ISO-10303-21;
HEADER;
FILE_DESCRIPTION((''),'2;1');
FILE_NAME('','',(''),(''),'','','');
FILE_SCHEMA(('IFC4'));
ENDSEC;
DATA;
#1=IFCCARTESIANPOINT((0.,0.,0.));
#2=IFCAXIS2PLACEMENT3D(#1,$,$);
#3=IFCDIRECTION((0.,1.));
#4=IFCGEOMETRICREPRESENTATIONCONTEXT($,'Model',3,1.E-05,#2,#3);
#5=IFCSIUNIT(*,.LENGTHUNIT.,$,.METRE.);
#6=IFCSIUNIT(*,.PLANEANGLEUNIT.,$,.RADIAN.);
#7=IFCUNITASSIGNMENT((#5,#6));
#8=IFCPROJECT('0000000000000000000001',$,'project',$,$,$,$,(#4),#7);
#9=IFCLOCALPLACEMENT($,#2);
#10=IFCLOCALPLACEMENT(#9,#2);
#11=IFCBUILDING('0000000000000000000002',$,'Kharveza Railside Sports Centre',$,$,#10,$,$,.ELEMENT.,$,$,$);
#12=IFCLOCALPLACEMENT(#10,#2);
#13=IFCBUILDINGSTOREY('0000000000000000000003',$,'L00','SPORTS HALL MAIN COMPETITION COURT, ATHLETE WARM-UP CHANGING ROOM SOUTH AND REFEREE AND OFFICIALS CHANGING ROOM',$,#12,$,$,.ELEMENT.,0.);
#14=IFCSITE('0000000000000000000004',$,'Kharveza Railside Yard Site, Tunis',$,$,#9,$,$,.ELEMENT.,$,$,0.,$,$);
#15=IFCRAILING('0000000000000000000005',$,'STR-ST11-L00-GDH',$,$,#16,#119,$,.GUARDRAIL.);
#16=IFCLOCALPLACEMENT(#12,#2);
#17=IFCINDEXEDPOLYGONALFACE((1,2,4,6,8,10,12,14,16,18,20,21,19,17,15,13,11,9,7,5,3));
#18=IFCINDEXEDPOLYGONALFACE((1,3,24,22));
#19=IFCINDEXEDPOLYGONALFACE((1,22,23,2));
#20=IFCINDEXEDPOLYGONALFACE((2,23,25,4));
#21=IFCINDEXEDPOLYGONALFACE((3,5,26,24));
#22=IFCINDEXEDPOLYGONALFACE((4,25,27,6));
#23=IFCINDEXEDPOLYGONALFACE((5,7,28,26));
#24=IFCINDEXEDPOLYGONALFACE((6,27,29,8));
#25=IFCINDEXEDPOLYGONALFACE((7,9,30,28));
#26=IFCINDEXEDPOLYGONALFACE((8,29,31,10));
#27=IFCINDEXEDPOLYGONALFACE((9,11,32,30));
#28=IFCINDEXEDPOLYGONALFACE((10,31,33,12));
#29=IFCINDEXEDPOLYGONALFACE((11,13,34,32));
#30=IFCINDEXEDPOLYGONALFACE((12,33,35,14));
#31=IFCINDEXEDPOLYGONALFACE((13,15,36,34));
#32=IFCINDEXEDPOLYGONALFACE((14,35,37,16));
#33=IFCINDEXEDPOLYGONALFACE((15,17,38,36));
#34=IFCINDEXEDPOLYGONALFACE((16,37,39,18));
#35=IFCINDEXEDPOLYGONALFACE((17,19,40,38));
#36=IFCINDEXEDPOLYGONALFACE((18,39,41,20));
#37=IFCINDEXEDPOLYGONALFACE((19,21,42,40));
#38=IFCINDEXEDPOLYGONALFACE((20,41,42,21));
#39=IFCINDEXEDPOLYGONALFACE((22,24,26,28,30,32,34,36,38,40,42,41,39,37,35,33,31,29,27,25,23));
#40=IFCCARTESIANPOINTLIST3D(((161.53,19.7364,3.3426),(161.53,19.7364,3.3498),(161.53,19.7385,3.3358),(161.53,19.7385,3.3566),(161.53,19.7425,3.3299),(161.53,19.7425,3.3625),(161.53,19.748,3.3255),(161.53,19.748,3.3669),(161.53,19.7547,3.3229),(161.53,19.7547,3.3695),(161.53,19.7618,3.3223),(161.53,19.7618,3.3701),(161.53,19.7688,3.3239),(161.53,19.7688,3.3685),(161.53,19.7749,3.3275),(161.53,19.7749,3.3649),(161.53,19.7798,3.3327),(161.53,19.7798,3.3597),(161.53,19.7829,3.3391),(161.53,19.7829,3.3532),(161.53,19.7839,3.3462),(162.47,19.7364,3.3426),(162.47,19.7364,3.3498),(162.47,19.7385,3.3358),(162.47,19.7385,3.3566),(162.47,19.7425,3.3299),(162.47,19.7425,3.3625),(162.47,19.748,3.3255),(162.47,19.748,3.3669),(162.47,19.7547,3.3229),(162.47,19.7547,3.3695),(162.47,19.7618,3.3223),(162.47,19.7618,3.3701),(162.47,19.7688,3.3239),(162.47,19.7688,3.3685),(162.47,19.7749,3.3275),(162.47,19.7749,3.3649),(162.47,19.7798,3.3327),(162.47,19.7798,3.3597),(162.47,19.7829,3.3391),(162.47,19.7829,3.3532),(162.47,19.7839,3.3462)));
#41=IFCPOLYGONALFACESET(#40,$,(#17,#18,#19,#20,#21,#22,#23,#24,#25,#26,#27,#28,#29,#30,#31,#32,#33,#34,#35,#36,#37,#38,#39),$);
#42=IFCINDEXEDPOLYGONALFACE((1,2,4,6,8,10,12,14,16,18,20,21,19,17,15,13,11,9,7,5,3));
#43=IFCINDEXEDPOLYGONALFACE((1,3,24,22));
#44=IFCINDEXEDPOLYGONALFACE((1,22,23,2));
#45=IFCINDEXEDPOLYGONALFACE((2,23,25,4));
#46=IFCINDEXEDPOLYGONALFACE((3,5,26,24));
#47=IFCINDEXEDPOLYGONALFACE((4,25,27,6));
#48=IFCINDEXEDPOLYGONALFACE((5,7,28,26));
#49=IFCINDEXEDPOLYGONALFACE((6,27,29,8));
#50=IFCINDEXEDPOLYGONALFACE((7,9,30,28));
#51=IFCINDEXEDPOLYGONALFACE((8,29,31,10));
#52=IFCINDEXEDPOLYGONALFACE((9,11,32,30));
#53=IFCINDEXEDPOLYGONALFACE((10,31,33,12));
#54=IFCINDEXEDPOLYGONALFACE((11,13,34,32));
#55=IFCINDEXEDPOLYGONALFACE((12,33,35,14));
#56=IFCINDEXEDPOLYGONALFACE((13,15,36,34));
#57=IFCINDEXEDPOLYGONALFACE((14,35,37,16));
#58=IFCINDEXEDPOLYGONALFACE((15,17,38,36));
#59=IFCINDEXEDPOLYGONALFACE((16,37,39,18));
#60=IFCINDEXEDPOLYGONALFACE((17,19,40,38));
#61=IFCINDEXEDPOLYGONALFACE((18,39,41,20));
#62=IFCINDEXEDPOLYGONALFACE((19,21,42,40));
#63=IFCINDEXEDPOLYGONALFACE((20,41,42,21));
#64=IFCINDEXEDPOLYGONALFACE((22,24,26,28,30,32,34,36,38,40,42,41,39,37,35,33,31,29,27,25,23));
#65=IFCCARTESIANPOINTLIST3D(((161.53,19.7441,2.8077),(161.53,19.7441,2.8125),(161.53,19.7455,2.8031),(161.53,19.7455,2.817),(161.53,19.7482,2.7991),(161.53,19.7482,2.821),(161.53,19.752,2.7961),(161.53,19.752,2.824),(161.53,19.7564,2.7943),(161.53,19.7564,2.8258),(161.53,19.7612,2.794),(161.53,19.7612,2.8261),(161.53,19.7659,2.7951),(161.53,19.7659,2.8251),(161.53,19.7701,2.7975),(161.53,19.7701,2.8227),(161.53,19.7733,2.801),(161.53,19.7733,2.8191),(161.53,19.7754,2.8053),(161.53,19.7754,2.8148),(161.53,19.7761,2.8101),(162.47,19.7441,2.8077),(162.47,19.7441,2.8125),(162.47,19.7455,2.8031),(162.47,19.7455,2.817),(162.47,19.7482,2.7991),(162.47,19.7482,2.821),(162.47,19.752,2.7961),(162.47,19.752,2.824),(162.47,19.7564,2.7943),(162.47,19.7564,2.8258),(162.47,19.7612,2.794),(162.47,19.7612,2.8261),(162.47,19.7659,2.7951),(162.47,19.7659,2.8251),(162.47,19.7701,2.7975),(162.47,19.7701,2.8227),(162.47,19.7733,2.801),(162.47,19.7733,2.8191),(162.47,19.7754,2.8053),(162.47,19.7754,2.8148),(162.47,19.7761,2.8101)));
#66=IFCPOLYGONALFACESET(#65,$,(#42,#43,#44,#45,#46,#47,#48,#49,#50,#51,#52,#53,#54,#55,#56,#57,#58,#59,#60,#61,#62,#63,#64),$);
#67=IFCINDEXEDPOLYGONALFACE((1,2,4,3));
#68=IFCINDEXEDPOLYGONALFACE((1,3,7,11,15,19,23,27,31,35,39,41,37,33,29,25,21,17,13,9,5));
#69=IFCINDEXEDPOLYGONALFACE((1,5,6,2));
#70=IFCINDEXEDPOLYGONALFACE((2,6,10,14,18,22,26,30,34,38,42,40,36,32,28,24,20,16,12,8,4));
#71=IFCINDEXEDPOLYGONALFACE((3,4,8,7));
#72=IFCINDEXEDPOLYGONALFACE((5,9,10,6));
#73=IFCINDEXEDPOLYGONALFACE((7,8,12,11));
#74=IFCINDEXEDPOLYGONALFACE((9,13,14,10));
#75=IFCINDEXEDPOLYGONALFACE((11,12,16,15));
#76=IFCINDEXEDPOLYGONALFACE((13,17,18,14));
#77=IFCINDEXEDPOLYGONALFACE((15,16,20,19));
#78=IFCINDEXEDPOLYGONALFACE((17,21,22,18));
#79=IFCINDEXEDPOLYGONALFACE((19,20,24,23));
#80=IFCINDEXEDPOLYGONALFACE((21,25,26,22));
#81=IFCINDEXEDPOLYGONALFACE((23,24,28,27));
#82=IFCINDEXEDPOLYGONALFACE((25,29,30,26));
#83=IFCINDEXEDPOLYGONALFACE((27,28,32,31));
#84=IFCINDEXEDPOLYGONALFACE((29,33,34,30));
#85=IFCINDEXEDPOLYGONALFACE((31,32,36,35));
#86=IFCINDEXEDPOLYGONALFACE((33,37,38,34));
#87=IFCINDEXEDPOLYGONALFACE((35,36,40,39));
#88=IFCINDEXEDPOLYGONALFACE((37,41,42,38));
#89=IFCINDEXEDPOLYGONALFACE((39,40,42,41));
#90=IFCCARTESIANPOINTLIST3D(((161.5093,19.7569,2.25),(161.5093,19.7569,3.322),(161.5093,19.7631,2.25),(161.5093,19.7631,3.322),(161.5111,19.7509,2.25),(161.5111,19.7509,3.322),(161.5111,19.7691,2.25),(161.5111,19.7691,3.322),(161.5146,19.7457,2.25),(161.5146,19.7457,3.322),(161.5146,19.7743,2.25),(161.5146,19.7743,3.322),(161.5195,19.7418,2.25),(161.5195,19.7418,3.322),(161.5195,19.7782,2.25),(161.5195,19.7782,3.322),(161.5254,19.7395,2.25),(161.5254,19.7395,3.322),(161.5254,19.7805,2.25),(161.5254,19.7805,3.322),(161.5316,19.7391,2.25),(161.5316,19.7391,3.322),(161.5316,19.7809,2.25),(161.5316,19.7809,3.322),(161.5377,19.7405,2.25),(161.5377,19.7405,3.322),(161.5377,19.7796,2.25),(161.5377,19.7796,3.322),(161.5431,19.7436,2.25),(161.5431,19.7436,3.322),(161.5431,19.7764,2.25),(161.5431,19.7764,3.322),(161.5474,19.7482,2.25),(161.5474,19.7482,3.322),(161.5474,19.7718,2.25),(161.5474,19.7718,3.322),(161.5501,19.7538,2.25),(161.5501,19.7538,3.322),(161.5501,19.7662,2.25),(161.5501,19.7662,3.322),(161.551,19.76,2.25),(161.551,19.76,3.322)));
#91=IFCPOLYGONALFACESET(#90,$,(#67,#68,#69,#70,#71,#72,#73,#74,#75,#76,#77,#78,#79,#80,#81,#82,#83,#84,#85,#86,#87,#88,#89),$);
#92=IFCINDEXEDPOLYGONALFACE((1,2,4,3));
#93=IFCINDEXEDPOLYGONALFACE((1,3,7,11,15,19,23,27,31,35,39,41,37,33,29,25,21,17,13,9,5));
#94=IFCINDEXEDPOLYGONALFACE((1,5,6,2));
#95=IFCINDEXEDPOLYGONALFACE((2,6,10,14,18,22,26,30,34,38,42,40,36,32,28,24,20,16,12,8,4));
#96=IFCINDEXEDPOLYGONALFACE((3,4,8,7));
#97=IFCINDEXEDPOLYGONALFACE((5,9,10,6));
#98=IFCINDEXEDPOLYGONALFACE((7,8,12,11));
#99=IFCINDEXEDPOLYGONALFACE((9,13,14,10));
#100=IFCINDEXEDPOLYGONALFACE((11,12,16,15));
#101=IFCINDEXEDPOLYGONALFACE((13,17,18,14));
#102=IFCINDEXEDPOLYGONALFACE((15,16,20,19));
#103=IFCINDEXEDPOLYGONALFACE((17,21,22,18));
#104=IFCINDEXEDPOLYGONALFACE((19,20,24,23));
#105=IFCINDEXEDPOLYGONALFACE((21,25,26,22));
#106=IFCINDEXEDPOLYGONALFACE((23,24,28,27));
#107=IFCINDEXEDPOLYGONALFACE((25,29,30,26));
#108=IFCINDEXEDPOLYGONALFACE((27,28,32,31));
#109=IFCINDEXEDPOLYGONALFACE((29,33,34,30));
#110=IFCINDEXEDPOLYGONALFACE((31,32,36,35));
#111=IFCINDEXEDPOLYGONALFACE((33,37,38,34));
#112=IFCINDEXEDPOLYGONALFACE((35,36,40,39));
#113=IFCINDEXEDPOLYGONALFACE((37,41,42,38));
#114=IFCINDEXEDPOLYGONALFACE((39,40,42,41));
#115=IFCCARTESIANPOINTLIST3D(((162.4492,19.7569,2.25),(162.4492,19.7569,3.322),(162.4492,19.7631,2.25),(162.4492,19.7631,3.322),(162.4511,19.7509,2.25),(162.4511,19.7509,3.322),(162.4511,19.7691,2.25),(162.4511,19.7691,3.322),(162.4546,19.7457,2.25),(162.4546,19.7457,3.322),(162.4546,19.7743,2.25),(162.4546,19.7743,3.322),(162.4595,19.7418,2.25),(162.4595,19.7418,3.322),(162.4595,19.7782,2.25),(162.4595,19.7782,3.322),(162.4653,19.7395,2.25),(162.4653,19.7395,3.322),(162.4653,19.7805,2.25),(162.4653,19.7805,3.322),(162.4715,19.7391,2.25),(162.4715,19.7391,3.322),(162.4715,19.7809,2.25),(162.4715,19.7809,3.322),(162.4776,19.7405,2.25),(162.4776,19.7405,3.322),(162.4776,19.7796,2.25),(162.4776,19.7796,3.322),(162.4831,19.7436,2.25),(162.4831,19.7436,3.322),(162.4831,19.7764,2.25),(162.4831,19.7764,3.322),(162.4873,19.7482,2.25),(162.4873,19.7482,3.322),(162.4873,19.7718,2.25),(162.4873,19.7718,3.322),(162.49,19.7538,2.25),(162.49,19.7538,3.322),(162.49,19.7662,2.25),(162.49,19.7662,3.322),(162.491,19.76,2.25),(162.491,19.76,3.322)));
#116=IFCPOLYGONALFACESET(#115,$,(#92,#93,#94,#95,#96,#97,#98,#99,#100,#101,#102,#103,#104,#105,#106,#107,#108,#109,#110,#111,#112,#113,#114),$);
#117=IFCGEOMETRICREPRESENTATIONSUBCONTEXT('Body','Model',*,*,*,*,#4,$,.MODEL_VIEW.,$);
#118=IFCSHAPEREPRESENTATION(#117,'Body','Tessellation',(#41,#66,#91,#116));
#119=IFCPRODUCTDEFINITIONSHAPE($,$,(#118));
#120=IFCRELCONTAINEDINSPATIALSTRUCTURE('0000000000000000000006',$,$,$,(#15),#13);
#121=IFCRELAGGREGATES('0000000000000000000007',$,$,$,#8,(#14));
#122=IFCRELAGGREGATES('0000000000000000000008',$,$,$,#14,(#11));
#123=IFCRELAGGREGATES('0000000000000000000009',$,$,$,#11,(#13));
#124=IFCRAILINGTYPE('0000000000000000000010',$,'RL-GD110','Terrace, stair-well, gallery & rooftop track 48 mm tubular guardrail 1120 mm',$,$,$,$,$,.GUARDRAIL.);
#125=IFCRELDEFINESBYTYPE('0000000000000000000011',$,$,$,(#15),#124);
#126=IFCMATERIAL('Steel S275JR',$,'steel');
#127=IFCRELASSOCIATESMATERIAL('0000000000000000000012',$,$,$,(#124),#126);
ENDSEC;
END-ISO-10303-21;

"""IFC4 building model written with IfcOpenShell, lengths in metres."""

from ifc_helpers import new_model, si_unit, direction, frame, origin, origin_2d, place, context, subcontext, project, spatial, circle, extrude, material, type_object, element, save


model = new_model("IFC4")

# Units and contexts
model_context = context("Model", 3, precision=1e-05, world=origin(), true_north=direction((0.0, 1.0)))
body_context = subcontext(model_context, "Body", "Model", "MODEL_VIEW")
ifc_project = project(units=[si_unit("LENGTHUNIT", "METRE"), si_unit("PLANEANGLEUNIT", "RADIAN")], contexts=[model_context])

# Site, building, storey
site_placement = place(None, origin())
site = spatial("IfcSite", under=ifc_project, at=site_placement, Name="Kharveza Railside Yard Site, Tunis", CompositionType="ELEMENT", RefElevation=0.0)
building_placement = place(site_placement, origin())
building = spatial("IfcBuilding", under=site, at=building_placement, Name="Kharveza Railside Sports Centre", CompositionType="ELEMENT")
storey_placement = place(building_placement, origin())
storey = spatial("IfcBuildingStorey", under=building, at=storey_placement, Name="L00", Description="SPORTS HALL MAIN COMPETITION COURT, ATHLETE WARM-UP CHANGING ROOM SOUTH AND REFEREE AND OFFICIALS CHANGING ROOM", CompositionType="ELEMENT", Elevation=0.0)

# Railing
ifc_material_1 = material(Name="Steel S275JR", Category="steel")
railing_type_1 = type_object("IfcRailingType", Name="RL-GD110", Description="Terrace, stair-well, gallery & rooftop track 48 mm tubular guardrail 1120 mm", PredefinedType="GUARDRAIL", material=ifc_material_1)
railing_1_placement = place(storey_placement, frame((161.53, 19.76, 2.25)))
element("IfcRailing", 1, at=railing_1_placement, inside=storey, type_object=railing_type_1, Name="STR-ST11-L00-GDH", PredefinedType="GUARDRAIL", context=body_context, shape_type="SweptSolid", body=[
    extrude(circle(Radius=0.0239, at=origin_2d()), frame((0.0, 0.0, 1.0962), z_axis=(1.0, 0.0, 0.0), x_axis=(0.0, 1.0, 0.0)), (0.0, 0.0, 1.0), 0.9399),
    extrude(circle(Radius=0.0161, at=origin_2d()), frame((0.0, 0.0, 0.5601), z_axis=(1.0, 0.0, 0.0), x_axis=(0.0, 1.0, 0.0)), (0.0, 0.0, 1.0), 0.9399),
    extrude(circle(Radius=0.021, at=origin_2d()), origin(), (0.0, 0.0, 1.0), 1.072),
    extrude(circle(Radius=0.021, at=origin_2d()), frame((0.9399, 0.0, 0.0)), (0.0, 0.0, 1.0), 1.072),
])

save(model, "model.ifc")
